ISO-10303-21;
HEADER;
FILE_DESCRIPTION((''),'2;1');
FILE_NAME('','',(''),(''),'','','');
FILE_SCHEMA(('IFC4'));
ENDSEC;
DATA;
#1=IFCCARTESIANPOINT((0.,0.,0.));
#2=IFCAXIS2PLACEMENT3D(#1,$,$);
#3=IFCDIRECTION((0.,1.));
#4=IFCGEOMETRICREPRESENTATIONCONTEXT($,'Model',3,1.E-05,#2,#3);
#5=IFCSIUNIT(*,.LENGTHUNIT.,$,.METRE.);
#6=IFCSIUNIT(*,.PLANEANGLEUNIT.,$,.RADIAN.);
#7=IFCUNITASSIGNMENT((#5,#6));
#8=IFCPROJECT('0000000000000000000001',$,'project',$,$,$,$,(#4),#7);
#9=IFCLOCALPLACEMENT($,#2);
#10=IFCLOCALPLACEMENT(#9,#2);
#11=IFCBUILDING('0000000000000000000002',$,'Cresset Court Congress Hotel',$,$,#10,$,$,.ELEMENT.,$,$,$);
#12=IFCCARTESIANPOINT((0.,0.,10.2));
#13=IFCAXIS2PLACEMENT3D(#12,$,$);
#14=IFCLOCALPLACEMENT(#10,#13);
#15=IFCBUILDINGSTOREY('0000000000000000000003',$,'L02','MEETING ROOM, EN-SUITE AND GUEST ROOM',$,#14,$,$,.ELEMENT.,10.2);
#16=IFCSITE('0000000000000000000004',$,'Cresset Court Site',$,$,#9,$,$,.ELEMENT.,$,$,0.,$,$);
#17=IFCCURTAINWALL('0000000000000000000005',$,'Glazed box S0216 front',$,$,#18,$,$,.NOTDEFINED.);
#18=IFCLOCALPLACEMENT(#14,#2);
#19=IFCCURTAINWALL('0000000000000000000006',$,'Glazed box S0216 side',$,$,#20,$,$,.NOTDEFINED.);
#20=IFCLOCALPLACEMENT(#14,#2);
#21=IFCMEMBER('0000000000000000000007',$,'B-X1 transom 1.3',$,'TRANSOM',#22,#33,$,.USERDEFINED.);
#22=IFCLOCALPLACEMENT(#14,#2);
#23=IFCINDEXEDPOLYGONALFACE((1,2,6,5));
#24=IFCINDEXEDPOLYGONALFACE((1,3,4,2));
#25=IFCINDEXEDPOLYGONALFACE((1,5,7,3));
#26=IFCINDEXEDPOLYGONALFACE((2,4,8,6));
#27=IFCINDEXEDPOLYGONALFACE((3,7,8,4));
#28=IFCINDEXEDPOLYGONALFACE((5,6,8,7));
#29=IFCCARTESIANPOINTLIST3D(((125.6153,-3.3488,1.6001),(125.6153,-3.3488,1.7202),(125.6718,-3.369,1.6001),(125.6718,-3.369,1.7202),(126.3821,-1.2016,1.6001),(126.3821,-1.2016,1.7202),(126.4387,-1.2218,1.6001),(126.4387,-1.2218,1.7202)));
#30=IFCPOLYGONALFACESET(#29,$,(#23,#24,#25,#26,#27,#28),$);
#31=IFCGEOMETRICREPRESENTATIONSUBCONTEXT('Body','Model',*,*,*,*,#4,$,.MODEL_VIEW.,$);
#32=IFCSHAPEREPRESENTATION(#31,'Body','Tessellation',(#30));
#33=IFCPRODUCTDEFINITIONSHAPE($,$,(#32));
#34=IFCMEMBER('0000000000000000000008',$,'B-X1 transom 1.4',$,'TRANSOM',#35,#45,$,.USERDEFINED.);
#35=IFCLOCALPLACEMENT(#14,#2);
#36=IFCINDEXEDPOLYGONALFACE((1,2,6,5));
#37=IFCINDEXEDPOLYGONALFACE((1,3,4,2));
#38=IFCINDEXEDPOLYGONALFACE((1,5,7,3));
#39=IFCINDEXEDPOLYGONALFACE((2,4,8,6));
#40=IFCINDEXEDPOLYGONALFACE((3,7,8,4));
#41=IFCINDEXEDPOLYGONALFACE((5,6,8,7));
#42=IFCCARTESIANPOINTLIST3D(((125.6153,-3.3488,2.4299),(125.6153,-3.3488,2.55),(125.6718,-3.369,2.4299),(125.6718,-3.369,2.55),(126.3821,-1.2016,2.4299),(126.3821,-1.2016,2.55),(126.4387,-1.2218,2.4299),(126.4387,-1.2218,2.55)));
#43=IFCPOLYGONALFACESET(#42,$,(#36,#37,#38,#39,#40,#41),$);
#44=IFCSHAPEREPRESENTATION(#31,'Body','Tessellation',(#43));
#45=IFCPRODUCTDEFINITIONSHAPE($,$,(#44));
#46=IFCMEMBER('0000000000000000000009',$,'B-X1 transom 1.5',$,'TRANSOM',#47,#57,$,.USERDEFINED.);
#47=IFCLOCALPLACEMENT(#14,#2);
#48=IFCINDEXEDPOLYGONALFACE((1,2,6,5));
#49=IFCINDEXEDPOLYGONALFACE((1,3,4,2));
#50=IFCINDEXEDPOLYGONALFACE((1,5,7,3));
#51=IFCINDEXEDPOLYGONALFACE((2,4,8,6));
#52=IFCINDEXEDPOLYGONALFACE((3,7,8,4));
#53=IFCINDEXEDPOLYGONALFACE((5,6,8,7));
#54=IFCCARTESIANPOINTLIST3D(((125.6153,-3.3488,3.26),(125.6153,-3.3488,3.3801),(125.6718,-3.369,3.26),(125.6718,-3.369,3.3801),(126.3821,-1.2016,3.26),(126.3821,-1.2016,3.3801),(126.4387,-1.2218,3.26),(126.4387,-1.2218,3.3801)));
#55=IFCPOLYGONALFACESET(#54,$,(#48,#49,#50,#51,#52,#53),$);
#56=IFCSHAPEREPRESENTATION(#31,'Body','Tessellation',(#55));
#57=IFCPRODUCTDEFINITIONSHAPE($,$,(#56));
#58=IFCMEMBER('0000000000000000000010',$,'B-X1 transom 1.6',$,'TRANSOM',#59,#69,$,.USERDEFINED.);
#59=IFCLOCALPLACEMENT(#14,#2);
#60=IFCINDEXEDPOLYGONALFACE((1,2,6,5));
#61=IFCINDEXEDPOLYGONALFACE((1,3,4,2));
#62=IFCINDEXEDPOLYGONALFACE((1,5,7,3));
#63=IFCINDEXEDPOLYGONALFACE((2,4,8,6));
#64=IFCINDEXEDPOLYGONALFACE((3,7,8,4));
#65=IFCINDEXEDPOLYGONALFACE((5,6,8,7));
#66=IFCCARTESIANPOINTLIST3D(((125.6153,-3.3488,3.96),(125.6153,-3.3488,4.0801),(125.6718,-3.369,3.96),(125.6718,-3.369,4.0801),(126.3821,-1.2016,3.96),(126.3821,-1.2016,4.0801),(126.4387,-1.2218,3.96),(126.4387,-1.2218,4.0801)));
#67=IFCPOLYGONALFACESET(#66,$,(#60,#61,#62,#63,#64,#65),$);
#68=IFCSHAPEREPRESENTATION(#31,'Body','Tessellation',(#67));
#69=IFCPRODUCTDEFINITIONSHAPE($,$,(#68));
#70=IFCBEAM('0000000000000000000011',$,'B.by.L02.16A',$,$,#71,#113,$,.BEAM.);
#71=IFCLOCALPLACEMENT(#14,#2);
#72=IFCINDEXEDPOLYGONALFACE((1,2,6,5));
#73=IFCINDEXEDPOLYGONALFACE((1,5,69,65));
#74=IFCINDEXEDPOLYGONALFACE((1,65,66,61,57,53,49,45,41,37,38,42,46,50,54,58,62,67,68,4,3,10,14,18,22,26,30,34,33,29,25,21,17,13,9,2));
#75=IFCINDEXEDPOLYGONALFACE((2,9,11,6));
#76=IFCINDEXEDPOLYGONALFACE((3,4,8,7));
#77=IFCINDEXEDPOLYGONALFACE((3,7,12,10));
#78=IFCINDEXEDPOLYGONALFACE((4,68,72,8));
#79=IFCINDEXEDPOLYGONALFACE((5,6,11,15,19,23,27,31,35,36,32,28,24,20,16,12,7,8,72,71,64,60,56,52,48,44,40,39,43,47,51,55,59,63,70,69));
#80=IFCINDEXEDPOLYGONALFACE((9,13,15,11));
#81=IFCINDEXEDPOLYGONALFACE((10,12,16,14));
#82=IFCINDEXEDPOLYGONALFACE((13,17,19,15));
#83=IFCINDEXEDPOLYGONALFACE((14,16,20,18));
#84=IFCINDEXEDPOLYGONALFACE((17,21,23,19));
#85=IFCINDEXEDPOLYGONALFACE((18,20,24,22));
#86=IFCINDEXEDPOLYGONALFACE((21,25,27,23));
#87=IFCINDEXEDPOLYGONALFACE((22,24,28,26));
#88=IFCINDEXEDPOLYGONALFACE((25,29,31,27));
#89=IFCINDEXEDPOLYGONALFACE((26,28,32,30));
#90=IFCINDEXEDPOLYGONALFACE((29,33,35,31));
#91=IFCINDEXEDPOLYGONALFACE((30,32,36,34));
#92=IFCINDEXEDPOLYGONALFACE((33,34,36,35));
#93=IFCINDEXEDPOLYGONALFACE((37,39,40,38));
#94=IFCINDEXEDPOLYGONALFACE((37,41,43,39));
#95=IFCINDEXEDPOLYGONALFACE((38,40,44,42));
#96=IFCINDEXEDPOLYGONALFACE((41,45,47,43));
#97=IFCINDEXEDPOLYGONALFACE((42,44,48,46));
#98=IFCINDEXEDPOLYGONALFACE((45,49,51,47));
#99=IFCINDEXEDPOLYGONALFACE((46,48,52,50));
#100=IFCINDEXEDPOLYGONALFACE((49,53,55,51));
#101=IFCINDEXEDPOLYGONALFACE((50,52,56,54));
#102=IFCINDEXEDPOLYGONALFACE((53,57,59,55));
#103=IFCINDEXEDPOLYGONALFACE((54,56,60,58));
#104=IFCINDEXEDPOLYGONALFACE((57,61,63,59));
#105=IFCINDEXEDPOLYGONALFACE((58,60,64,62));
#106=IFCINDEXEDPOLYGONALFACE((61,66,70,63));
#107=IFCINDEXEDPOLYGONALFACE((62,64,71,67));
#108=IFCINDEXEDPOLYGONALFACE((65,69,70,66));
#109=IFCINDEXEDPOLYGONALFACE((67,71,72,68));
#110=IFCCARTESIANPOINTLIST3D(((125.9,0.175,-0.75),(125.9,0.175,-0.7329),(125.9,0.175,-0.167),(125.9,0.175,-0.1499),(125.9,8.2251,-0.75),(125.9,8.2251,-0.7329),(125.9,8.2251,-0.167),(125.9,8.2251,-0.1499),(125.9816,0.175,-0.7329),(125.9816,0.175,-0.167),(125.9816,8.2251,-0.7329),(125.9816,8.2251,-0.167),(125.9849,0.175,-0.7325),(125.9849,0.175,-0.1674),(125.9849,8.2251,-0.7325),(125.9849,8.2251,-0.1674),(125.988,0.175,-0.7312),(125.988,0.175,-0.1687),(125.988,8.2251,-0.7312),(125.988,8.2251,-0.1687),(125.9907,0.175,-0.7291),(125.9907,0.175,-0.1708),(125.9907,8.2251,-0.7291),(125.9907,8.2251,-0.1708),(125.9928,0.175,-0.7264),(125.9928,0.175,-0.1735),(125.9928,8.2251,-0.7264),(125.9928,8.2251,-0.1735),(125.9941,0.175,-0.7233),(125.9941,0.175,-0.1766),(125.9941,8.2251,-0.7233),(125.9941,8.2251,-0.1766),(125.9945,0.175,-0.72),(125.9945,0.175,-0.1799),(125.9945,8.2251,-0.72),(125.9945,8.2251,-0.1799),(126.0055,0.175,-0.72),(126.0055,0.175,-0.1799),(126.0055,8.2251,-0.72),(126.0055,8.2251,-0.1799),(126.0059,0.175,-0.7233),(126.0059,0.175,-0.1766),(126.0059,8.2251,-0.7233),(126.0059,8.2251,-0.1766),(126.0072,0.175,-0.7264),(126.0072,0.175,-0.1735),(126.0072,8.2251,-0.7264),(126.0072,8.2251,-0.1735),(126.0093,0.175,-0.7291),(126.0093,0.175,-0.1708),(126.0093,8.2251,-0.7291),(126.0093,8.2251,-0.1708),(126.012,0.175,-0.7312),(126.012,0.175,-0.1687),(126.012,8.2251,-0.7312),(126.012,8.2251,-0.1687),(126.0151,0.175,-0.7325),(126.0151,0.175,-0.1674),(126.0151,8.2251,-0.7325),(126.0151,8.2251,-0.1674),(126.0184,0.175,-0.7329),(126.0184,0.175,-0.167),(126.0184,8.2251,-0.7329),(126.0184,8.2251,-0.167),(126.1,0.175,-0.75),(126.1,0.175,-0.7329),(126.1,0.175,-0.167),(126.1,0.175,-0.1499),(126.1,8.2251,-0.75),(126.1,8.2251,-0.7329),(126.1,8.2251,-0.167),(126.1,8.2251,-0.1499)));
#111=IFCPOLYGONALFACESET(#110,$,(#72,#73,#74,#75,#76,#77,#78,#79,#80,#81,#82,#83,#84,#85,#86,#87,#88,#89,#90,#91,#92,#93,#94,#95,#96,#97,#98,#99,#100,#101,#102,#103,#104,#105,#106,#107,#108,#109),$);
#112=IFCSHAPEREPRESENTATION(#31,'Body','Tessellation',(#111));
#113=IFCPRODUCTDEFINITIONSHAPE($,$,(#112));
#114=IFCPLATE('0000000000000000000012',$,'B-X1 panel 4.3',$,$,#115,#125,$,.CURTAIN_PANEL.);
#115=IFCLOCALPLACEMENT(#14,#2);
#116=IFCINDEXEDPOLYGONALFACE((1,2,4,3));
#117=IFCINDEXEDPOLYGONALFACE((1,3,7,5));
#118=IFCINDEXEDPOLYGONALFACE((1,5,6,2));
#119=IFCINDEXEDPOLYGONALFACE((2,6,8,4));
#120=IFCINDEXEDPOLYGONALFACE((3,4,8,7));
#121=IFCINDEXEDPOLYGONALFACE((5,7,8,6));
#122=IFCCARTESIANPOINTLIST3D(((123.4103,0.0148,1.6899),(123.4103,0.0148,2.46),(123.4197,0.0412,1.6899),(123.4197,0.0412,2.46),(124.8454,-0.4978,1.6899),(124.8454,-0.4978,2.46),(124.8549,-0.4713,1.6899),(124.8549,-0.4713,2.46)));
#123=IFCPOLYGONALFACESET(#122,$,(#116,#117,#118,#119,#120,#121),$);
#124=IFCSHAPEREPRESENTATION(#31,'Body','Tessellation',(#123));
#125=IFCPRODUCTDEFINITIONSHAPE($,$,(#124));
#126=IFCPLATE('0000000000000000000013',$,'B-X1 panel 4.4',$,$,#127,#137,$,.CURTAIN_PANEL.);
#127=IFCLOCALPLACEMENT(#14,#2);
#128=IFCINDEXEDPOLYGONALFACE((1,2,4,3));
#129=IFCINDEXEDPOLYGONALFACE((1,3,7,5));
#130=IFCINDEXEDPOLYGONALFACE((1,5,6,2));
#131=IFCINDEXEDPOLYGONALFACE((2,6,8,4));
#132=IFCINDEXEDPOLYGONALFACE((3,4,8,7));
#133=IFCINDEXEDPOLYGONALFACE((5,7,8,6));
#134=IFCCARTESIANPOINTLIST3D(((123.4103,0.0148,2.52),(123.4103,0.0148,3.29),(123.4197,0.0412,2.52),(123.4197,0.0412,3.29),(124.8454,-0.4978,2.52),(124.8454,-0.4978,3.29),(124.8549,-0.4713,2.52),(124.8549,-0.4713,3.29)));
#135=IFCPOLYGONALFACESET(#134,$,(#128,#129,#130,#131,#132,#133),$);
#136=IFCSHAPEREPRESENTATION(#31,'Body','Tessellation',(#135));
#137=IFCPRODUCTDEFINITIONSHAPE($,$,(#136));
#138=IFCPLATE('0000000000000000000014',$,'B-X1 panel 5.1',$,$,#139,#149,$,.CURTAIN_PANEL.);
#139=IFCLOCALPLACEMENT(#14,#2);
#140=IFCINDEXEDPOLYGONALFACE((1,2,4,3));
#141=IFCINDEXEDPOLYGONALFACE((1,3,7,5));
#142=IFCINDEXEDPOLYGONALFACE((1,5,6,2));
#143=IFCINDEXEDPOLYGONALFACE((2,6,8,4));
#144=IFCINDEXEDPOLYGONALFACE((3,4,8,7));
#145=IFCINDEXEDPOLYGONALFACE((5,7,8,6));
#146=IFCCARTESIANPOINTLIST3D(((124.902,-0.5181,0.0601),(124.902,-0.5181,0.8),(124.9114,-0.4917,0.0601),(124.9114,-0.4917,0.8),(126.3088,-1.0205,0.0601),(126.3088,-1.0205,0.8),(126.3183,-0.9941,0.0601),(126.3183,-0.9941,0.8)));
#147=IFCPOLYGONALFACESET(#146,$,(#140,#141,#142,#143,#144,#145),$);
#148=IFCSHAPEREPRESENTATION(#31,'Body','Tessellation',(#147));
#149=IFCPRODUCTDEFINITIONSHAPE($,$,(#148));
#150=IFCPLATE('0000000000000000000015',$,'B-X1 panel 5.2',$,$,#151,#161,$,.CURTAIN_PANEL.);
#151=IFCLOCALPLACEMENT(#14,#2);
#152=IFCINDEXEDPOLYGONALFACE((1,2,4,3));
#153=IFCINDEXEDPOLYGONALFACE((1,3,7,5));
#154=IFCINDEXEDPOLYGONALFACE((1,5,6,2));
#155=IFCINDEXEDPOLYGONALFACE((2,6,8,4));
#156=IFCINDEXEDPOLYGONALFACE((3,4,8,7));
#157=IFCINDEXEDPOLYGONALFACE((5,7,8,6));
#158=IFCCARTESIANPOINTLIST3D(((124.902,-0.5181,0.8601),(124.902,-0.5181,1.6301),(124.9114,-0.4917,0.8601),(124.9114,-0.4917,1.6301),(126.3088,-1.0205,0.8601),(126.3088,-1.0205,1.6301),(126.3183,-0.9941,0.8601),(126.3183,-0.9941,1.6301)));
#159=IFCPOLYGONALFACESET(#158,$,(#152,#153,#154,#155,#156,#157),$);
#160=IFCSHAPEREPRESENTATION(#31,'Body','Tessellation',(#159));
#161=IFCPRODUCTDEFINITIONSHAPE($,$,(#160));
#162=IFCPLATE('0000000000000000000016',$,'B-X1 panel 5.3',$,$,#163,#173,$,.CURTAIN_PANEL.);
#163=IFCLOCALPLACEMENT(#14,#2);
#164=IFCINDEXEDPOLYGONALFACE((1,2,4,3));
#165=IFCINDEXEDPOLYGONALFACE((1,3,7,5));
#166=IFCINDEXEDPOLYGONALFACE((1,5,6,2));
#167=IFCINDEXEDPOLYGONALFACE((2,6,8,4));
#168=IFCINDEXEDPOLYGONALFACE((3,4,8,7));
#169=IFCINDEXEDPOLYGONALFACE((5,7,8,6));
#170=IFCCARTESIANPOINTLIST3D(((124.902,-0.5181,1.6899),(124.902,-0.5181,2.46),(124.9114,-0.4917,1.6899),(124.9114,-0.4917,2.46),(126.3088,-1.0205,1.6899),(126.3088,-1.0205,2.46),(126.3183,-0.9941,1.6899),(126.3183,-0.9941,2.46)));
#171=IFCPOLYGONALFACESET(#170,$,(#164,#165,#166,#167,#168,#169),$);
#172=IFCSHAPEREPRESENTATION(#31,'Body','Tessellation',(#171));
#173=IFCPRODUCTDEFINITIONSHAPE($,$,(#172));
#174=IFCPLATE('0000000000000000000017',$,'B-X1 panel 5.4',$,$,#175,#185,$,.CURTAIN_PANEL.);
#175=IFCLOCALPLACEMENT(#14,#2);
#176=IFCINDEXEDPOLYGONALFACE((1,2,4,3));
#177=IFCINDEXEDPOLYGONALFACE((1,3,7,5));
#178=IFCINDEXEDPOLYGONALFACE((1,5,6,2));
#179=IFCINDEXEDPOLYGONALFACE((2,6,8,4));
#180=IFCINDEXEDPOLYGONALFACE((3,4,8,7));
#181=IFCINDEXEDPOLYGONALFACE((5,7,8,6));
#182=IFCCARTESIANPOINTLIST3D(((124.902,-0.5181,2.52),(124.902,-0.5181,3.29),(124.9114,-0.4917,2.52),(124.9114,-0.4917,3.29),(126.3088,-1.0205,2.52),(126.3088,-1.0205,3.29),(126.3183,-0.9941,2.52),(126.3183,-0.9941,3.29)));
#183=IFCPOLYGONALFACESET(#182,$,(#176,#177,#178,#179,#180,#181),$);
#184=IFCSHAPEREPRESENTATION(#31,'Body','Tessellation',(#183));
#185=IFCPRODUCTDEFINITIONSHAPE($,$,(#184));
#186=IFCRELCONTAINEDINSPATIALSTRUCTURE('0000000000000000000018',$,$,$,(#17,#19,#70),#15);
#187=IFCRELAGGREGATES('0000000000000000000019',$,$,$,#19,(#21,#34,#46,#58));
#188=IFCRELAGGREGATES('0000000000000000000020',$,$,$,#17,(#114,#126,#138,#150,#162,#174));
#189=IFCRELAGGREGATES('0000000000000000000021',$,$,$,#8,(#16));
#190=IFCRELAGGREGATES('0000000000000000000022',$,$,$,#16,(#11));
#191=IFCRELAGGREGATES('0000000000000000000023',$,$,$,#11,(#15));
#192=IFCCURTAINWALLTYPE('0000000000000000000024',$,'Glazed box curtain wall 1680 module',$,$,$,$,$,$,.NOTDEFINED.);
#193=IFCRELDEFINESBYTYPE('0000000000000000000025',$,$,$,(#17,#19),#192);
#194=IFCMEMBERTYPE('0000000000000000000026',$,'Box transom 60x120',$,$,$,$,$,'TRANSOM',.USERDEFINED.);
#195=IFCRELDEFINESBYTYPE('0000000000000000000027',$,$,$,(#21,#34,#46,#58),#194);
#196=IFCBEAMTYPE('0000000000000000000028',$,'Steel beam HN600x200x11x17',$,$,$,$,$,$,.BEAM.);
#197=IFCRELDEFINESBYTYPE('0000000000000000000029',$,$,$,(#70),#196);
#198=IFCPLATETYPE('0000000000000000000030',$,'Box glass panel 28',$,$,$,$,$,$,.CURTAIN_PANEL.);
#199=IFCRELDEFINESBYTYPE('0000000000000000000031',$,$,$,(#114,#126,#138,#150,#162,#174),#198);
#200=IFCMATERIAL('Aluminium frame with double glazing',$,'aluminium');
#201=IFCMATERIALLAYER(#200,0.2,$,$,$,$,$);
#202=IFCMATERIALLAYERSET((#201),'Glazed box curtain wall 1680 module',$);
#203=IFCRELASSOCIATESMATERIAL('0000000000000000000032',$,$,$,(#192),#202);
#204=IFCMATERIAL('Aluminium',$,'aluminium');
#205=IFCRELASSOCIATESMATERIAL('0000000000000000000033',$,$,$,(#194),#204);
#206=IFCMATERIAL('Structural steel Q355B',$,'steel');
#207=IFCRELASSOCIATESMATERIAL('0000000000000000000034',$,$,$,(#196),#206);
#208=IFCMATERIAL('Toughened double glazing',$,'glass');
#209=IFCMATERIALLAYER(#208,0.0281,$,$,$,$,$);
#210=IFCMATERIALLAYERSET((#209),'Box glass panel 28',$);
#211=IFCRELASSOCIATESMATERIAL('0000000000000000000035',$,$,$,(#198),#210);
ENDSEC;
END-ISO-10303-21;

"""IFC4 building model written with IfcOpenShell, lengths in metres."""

from ifc_helpers import new_model, si_unit, direction, frame, origin, origin_2d, place, context, subcontext, project, spatial, rectangle, i_section, extrude, material, layer, layer_set, material_profile, profile_set, type_object, element, aggregate, save


model = new_model("IFC4")

# Units and contexts
model_context = context("Model", 3, precision=1e-05, world=origin(), true_north=direction((0.0, 1.0)))
body_context = subcontext(model_context, "Body", "Model", "MODEL_VIEW")
ifc_project = project(units=[si_unit("LENGTHUNIT", "METRE"), si_unit("PLANEANGLEUNIT", "RADIAN")], contexts=[model_context])

# Site, building, storey
site_placement = place(None, origin())
site = spatial("IfcSite", under=ifc_project, at=site_placement, Name="Cresset Court Site", CompositionType="ELEMENT", RefElevation=0.0)
building_placement = place(site_placement, origin())
building = spatial("IfcBuilding", under=site, at=building_placement, Name="Cresset Court Congress Hotel", CompositionType="ELEMENT")
storey_placement = place(building_placement, frame((0.0, 0.0, 10.2)))
storey = spatial("IfcBuildingStorey", under=building, at=storey_placement, Name="L02", Description="MEETING ROOM, EN-SUITE AND GUEST ROOM", CompositionType="ELEMENT", Elevation=10.2)

# Curtain walls
ifc_material_1 = material(Name="Aluminium frame with double glazing", Category="aluminium")
ifc_layer_1 = layer(ifc_material_1, 0.2)
ifc_layer_set_1 = layer_set([ifc_layer_1], Name="Glazed box curtain wall 1680 module")
curtain_wall_type = type_object("IfcCurtainWallType", Name="Glazed box curtain wall 1680 module", PredefinedType="NOTDEFINED", material=ifc_layer_set_1)
curtain_wall_1_placement = place(storey_placement, origin())
curtain_wall_1 = element("IfcCurtainWall", 1, at=curtain_wall_1_placement, inside=storey, type_object=curtain_wall_type, Name="Glazed box S0216 front", PredefinedType="NOTDEFINED")
curtain_wall_2_placement = place(storey_placement, origin())
curtain_wall_2 = element("IfcCurtainWall", 2, at=curtain_wall_2_placement, inside=storey, type_object=curtain_wall_type, Name="Glazed box S0216 side", PredefinedType="NOTDEFINED")

# Members
ifc_material_2 = material(Name="Aluminium", Category="aluminium")
ifc_material_profile_1 = material_profile(ifc_material_2, rectangle(XDim=0.0601, YDim=0.1201, at=origin_2d()), Name="Box transom 60x120")
ifc_profile_set_1 = profile_set([ifc_material_profile_1], Name="Aluminium")
member_type_1 = type_object("IfcMemberType", Name="Box transom 60x120", ElementType="TRANSOM", PredefinedType="USERDEFINED", material=ifc_profile_set_1)
member_1_placement = place(storey_placement, frame((125.6436, -3.3589, 1.6602), z_axis=(0.33633, 0.941744, 0.0), x_axis=(-0.941744, 0.33633, 0.0)))
member_1 = element("IfcMember", 3, at=member_1_placement, type_object=member_type_1, Name="B-X1 transom 1.3", ObjectType="TRANSOM", PredefinedType="USERDEFINED", context=body_context, shape_type="SweptSolid", body=[
    extrude(rectangle(XDim=0.0601, YDim=0.1201, at=origin_2d()), origin(), (0.0, 0.0, 1.0), 2.28),
])
member_2_placement = place(storey_placement, frame((125.6436, -3.3589, 2.49), z_axis=(0.33633, 0.941744, 0.0), x_axis=(-0.941744, 0.33633, 0.0)))
member_2 = element("IfcMember", 4, at=member_2_placement, type_object=member_type_1, Name="B-X1 transom 1.4", ObjectType="TRANSOM", PredefinedType="USERDEFINED", context=body_context, shape_type="SweptSolid", body=[
    extrude(rectangle(XDim=0.0601, YDim=0.1201, at=origin_2d()), origin(), (0.0, 0.0, 1.0), 2.28),
])
member_3_placement = place(storey_placement, frame((125.6436, -3.3589, 3.3201), z_axis=(0.33633, 0.941744, 0.0), x_axis=(-0.941744, 0.33633, 0.0)))
member_3 = element("IfcMember", 5, at=member_3_placement, type_object=member_type_1, Name="B-X1 transom 1.5", ObjectType="TRANSOM", PredefinedType="USERDEFINED", context=body_context, shape_type="SweptSolid", body=[
    extrude(rectangle(XDim=0.0601, YDim=0.1201, at=origin_2d()), origin(), (0.0, 0.0, 1.0), 2.28),
])
member_4_placement = place(storey_placement, frame((125.6436, -3.3589, 4.02), z_axis=(0.33633, 0.941744, 0.0), x_axis=(-0.941744, 0.33633, 0.0)))
member_4 = element("IfcMember", 6, at=member_4_placement, type_object=member_type_1, Name="B-X1 transom 1.6", ObjectType="TRANSOM", PredefinedType="USERDEFINED", context=body_context, shape_type="SweptSolid", body=[
    extrude(rectangle(XDim=0.0601, YDim=0.1201, at=origin_2d()), origin(), (0.0, 0.0, 1.0), 2.28),
])
aggregate(curtain_wall_2, [member_1, member_2, member_3, member_4])

# Beam
ifc_material_3 = material(Name="Structural steel Q355B", Category="steel")
ifc_material_profile_2 = material_profile(ifc_material_3, i_section(OverallWidth=0.2, OverallDepth=0.6001, WebThickness=0.011, FlangeThickness=0.0171, FilletRadius=0.0129, at=origin_2d()), Name="HN600x200x11x17")
ifc_profile_set_2 = profile_set([ifc_material_profile_2], Name="Structural steel Q355B")
beam_type = type_object("IfcBeamType", Name="Steel beam HN600x200x11x17", PredefinedType="BEAM", material=ifc_profile_set_2)
beam_placement = place(storey_placement, frame((126.0, 0.175, -0.45), z_axis=(0.0, 1.0, 0.0), x_axis=(-1.0, 0.0, 0.0)))
element("IfcBeam", 7, at=beam_placement, inside=storey, type_object=beam_type, Name="B.by.L02.16A", PredefinedType="BEAM", context=body_context, shape_type="SweptSolid", body=[
    extrude(i_section(OverallWidth=0.2, OverallDepth=0.6001, WebThickness=0.011, FlangeThickness=0.0171, FilletRadius=0.0129, at=origin_2d()), origin(), (0.0, 0.0, 1.0), 8.05),
])

# Plates
ifc_material_4 = material(Name="Toughened double glazing", Category="glass")
ifc_layer_2 = layer(ifc_material_4, 0.0281)
ifc_layer_set_2 = layer_set([ifc_layer_2], Name="Box glass panel 28")
plate_type_1 = type_object("IfcPlateType", Name="Box glass panel 28", PredefinedType="CURTAIN_PANEL", material=ifc_layer_set_2)
plate_1_placement = place(storey_placement, frame((124.1326, -0.2283, 1.6899), z_axis=(0.0, 0.0, 1.0), x_axis=(0.941742, -0.336336, 0.0)))
plate_1 = element("IfcPlate", 8, at=plate_1_placement, type_object=plate_type_1, Name="B-X1 panel 4.3", PredefinedType="CURTAIN_PANEL", context=body_context, shape_type="SweptSolid", body=[
    extrude(rectangle(XDim=1.5239, YDim=0.0281, at=origin_2d()), origin(), (0.0, 0.0, 1.0), 0.77),
])
plate_2_placement = place(storey_placement, frame((124.1326, -0.2283, 2.52), z_axis=(0.0, 0.0, 1.0), x_axis=(0.941742, -0.336336, 0.0)))
plate_2 = element("IfcPlate", 9, at=plate_2_placement, type_object=plate_type_1, Name="B-X1 panel 4.4", PredefinedType="CURTAIN_PANEL", context=body_context, shape_type="SweptSolid", body=[
    extrude(rectangle(XDim=1.5239, YDim=0.0281, at=origin_2d()), origin(), (0.0, 0.0, 1.0), 0.77),
])
plate_3_placement = place(storey_placement, frame((125.6101, -0.7561, 0.0601), z_axis=(0.0, 0.0, 1.0), x_axis=(0.941742, -0.336336, 0.0)))
plate_3 = element("IfcPlate", 10, at=plate_3_placement, type_object=plate_type_1, Name="B-X1 panel 5.1", PredefinedType="CURTAIN_PANEL", context=body_context, shape_type="SweptSolid", body=[
    extrude(rectangle(XDim=1.4939, YDim=0.0281, at=origin_2d()), origin(), (0.0, 0.0, 1.0), 0.74),
])
plate_4_placement = place(storey_placement, frame((125.6101, -0.7561, 0.8601), z_axis=(0.0, 0.0, 1.0), x_axis=(0.941742, -0.336336, 0.0)))
plate_4 = element("IfcPlate", 11, at=plate_4_placement, type_object=plate_type_1, Name="B-X1 panel 5.2", PredefinedType="CURTAIN_PANEL", context=body_context, shape_type="SweptSolid", body=[
    extrude(rectangle(XDim=1.4939, YDim=0.0281, at=origin_2d()), origin(), (0.0, 0.0, 1.0), 0.77),
])
plate_5_placement = place(storey_placement, frame((125.6101, -0.7561, 1.6899), z_axis=(0.0, 0.0, 1.0), x_axis=(0.941742, -0.336336, 0.0)))
plate_5 = element("IfcPlate", 12, at=plate_5_placement, type_object=plate_type_1, Name="B-X1 panel 5.3", PredefinedType="CURTAIN_PANEL", context=body_context, shape_type="SweptSolid", body=[
    extrude(rectangle(XDim=1.4939, YDim=0.0281, at=origin_2d()), origin(), (0.0, 0.0, 1.0), 0.77),
])
plate_6_placement = place(storey_placement, frame((125.6101, -0.7561, 2.52), z_axis=(0.0, 0.0, 1.0), x_axis=(0.941742, -0.336336, 0.0)))
plate_6 = element("IfcPlate", 13, at=plate_6_placement, type_object=plate_type_1, Name="B-X1 panel 5.4", PredefinedType="CURTAIN_PANEL", context=body_context, shape_type="SweptSolid", body=[
    extrude(rectangle(XDim=1.4939, YDim=0.0281, at=origin_2d()), origin(), (0.0, 0.0, 1.0), 0.77),
])
aggregate(curtain_wall_1, [plate_1, plate_2, plate_3, plate_4, plate_5, plate_6])

save(model, "model.ifc")
